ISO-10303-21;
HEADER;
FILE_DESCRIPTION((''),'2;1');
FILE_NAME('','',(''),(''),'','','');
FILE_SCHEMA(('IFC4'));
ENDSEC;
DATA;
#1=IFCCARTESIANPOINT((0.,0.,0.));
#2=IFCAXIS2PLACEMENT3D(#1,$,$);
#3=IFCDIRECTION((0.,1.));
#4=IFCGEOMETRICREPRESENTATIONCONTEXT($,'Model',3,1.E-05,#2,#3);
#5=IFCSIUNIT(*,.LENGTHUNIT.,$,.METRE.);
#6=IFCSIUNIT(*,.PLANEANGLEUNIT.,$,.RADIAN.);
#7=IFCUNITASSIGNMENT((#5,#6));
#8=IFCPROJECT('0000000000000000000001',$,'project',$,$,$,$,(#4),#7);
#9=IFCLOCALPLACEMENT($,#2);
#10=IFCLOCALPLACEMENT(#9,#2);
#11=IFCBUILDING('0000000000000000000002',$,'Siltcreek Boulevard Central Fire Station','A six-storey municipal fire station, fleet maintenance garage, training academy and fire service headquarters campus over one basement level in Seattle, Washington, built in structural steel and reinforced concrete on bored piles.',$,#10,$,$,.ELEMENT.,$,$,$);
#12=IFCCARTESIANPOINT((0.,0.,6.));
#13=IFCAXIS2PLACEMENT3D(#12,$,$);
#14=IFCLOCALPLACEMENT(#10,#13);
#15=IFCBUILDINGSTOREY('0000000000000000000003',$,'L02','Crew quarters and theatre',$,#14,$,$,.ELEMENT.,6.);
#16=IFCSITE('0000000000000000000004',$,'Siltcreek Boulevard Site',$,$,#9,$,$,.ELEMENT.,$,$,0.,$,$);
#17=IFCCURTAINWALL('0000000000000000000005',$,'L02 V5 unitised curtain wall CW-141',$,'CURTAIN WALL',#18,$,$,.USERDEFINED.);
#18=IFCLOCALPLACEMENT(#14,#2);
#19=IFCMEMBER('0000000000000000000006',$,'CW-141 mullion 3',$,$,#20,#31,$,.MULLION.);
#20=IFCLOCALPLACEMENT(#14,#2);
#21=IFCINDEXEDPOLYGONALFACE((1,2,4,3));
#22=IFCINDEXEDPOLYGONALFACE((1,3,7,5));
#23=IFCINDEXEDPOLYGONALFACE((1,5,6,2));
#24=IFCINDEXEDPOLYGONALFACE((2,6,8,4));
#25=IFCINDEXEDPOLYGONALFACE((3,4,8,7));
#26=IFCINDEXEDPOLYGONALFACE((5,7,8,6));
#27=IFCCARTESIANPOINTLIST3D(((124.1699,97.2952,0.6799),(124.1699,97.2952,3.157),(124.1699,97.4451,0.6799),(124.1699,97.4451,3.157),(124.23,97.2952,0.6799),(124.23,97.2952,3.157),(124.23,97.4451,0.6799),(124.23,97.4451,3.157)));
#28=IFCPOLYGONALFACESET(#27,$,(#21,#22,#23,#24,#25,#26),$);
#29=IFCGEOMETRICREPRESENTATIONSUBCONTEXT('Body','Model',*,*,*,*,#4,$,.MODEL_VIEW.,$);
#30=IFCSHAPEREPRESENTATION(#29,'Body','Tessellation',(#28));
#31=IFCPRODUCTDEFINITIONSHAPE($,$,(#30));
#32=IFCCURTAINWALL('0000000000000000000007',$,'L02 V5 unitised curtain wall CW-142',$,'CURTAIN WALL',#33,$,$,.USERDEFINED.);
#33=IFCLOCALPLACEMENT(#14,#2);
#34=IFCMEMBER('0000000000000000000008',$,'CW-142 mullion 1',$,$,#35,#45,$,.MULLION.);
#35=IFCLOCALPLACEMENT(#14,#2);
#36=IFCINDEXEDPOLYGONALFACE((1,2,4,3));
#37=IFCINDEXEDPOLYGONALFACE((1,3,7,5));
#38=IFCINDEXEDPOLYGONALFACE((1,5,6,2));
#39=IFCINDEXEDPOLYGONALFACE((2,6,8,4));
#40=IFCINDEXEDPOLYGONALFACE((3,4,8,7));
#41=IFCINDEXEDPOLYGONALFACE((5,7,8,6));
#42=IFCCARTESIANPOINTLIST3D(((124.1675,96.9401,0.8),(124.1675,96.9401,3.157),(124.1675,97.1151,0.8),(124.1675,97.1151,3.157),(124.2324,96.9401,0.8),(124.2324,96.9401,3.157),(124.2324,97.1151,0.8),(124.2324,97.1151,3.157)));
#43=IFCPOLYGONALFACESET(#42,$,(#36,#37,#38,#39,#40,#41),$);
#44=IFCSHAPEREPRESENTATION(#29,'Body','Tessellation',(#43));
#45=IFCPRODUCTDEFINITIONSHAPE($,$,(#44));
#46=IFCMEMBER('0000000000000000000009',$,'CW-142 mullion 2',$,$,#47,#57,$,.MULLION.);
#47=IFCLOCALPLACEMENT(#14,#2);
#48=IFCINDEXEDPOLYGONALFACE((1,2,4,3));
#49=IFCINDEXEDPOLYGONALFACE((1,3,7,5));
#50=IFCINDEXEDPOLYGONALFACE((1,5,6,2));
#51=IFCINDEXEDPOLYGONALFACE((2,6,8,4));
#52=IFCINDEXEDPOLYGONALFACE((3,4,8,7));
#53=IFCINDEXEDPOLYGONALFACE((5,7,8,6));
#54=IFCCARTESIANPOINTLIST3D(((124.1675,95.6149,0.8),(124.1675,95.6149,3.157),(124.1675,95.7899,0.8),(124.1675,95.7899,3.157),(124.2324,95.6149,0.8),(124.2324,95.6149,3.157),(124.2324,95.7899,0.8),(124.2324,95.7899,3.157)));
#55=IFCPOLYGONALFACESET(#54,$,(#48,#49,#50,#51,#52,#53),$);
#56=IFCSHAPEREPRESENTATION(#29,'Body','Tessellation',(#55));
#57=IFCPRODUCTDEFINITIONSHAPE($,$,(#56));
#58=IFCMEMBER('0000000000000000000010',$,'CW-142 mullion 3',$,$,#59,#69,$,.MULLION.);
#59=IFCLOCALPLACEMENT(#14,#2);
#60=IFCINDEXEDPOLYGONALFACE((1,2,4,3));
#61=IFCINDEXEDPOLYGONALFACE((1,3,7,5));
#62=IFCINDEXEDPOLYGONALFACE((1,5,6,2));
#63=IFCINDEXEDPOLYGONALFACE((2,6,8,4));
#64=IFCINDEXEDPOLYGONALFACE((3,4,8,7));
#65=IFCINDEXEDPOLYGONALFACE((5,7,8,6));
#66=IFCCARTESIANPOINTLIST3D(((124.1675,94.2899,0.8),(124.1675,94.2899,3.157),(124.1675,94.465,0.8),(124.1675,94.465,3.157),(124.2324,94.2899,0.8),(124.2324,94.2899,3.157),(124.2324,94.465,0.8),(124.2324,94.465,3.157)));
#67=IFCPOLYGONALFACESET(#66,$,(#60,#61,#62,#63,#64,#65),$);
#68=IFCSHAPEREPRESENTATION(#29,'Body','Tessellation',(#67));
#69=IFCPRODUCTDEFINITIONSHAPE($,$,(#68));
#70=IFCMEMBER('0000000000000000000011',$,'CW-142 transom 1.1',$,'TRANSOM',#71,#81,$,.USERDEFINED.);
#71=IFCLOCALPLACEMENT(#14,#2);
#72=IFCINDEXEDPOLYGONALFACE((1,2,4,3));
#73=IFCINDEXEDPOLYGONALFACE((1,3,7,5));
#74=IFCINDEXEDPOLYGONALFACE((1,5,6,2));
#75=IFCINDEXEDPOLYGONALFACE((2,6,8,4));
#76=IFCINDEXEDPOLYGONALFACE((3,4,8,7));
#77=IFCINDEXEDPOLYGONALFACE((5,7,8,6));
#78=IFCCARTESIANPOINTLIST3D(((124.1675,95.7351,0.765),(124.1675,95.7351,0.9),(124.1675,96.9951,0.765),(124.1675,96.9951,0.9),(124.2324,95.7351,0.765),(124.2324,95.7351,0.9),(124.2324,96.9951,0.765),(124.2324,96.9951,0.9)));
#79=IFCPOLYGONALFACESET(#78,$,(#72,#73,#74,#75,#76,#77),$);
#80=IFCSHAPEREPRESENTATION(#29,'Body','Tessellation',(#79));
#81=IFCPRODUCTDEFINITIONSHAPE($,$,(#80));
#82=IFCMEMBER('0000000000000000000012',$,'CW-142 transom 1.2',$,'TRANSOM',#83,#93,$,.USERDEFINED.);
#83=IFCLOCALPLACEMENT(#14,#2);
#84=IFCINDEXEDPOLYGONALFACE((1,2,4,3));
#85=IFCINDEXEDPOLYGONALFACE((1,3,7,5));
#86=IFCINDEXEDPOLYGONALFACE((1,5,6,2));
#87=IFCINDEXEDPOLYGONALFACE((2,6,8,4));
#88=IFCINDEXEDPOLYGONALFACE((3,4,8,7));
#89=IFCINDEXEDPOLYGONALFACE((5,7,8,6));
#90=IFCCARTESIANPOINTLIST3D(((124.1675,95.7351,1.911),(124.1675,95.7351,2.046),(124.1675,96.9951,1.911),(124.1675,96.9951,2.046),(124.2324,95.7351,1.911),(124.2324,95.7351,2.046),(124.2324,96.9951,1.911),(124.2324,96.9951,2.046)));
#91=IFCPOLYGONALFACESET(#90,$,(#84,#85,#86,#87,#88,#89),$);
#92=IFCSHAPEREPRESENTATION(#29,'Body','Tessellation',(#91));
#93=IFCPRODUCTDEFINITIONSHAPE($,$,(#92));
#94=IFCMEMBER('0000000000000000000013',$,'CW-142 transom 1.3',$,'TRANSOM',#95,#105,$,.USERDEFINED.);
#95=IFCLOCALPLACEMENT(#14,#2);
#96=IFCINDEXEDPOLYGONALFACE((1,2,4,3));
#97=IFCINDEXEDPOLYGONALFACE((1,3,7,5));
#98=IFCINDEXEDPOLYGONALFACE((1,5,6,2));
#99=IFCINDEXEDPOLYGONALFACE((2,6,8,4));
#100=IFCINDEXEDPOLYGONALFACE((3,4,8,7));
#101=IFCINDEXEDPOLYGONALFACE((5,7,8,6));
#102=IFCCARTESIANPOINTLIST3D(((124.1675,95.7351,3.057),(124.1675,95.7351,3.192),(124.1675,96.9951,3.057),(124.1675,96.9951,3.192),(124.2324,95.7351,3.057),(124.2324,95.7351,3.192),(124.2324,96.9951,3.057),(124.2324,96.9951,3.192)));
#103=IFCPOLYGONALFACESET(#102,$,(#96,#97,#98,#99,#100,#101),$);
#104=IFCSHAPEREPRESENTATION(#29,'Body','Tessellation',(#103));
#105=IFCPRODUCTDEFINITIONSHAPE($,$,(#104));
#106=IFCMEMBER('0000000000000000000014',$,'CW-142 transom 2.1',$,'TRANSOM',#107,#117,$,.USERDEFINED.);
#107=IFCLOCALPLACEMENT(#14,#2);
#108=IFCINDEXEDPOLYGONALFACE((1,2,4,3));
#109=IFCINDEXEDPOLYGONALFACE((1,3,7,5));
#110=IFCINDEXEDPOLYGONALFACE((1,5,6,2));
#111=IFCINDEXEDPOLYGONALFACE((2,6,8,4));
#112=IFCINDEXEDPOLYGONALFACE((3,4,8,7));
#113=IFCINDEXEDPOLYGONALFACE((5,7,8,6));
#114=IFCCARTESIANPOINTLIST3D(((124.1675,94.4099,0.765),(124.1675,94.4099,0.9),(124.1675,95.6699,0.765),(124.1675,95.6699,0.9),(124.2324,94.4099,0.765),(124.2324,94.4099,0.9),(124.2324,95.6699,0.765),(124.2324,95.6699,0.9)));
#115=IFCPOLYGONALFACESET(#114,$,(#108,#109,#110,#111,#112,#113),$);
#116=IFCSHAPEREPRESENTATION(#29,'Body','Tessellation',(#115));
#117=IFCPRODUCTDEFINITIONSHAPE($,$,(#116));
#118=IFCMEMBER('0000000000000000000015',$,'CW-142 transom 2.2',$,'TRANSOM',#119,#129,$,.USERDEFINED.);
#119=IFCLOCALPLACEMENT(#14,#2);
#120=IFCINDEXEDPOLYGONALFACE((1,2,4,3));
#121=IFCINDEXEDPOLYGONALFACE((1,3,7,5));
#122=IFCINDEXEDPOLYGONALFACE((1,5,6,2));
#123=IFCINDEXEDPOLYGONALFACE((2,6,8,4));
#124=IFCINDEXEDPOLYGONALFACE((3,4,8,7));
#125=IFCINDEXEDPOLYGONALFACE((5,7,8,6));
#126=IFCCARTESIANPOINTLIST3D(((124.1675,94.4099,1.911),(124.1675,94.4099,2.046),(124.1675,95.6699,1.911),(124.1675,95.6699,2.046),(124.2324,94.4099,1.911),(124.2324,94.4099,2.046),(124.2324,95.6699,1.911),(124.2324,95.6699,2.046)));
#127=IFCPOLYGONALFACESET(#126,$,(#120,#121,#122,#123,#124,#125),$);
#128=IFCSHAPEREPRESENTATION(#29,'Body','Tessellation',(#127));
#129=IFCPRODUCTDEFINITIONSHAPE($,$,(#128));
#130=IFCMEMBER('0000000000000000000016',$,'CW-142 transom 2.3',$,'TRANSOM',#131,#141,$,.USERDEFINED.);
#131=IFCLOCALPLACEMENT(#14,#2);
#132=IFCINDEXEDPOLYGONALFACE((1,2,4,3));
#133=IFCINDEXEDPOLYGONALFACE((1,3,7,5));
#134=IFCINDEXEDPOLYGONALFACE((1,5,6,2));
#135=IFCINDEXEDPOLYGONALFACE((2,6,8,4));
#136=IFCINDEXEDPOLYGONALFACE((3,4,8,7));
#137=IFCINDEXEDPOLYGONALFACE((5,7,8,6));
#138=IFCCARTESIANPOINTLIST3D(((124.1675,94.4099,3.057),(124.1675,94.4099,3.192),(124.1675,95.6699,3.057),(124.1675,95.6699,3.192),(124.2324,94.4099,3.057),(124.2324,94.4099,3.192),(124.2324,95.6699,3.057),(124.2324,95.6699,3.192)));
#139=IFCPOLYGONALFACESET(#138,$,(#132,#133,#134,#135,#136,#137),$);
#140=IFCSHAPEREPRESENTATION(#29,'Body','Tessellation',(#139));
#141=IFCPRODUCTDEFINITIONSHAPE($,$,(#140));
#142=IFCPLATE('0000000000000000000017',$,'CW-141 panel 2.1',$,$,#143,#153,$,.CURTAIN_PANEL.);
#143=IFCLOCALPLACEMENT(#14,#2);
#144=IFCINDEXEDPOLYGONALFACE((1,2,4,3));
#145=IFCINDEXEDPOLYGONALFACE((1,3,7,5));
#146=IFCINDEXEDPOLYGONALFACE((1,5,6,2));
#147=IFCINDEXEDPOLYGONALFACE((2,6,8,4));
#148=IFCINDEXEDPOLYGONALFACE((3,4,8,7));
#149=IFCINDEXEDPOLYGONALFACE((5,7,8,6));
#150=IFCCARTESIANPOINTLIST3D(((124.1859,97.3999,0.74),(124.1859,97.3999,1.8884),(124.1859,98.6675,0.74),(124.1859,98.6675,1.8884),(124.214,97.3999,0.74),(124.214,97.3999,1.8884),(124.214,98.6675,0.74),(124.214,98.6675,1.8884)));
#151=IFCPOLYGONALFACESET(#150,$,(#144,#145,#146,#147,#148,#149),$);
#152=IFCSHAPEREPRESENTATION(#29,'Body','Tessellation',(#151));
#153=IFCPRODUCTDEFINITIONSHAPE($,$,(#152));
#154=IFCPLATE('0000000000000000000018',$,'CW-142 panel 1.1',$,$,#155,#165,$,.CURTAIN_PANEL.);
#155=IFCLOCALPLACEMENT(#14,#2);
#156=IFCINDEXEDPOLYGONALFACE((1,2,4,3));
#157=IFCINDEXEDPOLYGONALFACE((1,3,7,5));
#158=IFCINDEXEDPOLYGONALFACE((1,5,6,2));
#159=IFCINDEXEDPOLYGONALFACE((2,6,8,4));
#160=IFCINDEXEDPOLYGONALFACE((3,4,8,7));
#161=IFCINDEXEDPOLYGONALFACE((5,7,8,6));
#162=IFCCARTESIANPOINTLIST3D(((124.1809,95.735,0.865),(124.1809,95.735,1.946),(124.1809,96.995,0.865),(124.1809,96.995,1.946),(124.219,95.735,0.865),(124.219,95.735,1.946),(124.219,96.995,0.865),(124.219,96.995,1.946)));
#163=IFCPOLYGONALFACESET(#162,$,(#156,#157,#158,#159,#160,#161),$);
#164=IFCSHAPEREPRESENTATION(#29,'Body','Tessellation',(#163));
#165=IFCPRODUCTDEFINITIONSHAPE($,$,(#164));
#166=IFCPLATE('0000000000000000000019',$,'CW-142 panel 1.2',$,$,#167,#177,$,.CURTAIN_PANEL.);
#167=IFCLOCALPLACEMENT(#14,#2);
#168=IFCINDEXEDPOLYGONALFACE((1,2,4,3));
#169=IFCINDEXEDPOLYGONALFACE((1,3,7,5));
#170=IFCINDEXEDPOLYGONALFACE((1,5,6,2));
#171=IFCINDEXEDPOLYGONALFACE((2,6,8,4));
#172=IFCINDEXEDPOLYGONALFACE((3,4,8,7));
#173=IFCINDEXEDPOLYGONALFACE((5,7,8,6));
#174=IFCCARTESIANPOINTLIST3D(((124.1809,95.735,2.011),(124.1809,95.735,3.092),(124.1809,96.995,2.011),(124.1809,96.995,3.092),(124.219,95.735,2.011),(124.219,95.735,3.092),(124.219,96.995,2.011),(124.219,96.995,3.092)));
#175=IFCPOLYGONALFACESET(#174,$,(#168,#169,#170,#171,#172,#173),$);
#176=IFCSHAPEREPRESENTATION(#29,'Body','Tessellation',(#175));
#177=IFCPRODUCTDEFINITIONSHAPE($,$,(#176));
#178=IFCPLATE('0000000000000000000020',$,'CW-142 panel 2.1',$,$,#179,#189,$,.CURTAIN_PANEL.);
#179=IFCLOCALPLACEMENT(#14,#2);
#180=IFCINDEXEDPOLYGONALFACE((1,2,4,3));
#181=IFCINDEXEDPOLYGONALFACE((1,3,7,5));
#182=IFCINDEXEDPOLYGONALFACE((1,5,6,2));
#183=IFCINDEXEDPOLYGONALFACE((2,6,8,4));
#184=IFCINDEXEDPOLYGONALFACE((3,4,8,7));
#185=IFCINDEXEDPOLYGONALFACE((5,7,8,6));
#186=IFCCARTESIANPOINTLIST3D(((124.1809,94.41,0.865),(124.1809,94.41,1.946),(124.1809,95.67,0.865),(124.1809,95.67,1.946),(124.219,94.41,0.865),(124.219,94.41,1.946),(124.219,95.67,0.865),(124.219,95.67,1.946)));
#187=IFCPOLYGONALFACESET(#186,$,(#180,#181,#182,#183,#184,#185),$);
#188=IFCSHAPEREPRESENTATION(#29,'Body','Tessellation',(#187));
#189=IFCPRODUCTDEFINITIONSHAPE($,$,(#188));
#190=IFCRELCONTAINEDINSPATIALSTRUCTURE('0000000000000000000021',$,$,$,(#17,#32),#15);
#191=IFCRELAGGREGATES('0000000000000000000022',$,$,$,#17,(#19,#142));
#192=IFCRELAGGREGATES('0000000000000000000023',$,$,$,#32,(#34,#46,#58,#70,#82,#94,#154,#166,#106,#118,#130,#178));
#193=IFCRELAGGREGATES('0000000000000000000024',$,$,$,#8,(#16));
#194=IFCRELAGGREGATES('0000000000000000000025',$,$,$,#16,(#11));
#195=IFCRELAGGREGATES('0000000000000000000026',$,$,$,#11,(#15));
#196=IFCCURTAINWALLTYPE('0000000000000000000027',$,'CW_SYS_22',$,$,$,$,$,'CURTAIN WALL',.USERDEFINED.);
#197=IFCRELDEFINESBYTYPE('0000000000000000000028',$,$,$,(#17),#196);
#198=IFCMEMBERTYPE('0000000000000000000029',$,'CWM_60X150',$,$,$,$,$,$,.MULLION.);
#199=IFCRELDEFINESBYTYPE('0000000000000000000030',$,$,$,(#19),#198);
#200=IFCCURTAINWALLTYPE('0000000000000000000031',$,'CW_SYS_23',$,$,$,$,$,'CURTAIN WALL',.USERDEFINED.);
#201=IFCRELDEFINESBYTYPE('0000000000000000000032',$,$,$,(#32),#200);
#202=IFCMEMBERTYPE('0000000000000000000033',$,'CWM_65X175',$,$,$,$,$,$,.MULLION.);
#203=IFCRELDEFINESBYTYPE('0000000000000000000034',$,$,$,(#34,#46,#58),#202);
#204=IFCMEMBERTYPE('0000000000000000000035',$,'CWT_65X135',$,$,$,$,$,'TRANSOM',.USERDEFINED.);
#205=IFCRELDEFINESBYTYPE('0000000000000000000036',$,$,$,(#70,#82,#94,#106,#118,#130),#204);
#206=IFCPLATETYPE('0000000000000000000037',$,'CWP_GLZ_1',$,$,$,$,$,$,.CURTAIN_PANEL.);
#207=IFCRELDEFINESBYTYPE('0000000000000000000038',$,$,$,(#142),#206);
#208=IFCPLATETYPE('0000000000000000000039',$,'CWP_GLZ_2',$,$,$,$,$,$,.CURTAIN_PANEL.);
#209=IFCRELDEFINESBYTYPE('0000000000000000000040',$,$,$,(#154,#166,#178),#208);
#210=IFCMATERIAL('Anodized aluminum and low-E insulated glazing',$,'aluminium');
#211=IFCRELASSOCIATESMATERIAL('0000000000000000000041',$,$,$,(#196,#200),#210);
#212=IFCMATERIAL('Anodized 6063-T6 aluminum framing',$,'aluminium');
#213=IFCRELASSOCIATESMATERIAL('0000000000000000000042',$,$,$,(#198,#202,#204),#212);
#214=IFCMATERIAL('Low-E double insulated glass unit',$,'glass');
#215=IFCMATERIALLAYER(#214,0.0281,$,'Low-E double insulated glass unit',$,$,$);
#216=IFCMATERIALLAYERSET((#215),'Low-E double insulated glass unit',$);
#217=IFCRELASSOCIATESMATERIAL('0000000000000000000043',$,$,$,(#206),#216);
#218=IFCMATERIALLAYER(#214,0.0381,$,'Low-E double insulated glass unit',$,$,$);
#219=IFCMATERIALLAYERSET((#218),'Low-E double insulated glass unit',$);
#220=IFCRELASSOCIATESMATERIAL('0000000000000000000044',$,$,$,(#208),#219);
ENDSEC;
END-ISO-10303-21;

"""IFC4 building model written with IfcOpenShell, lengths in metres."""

from ifc_helpers import new_model, si_unit, direction, frame, origin, origin_2d, place, context, subcontext, project, spatial, rectangle, extrude, material, layer, layer_set, material_profile, profile_set, type_object, element, aggregate, save


model = new_model("IFC4")

# Units and contexts
model_context = context("Model", 3, precision=1e-05, world=origin(), true_north=direction((0.0, 1.0)))
body_context = subcontext(model_context, "Body", "Model", "MODEL_VIEW")
ifc_project = project(units=[si_unit("LENGTHUNIT", "METRE"), si_unit("PLANEANGLEUNIT", "RADIAN")], contexts=[model_context])

# Site, building, storey
site_placement = place(None, origin())
site = spatial("IfcSite", under=ifc_project, at=site_placement, Name="Siltcreek Boulevard Site", CompositionType="ELEMENT", RefElevation=0.0)
building_placement = place(site_placement, origin())
building = spatial("IfcBuilding", under=site, at=building_placement, Name="Siltcreek Boulevard Central Fire Station", Description="A six-storey municipal fire station, fleet maintenance garage, training academy and fire service headquarters campus over one basement level in Seattle, Washington, built in structural steel and reinforced concrete on bored piles.", CompositionType="ELEMENT")
storey_placement = place(building_placement, frame((0.0, 0.0, 6.0)))
storey = spatial("IfcBuildingStorey", under=building, at=storey_placement, Name="L02", Description="Crew quarters and theatre", CompositionType="ELEMENT", Elevation=6.0)

# Curtain wall, member
ifc_material_1 = material(Name="Anodized aluminum and low-E insulated glazing", Category="aluminium")
curtain_wall_type_1 = type_object("IfcCurtainWallType", Name="CW_SYS_22", ElementType="CURTAIN WALL", PredefinedType="USERDEFINED", material=ifc_material_1)
curtain_wall_1_placement = place(storey_placement, origin())
curtain_wall_1 = element("IfcCurtainWall", 1, at=curtain_wall_1_placement, inside=storey, type_object=curtain_wall_type_1, Name="L02 V5 unitised curtain wall CW-141", ObjectType="CURTAIN WALL", PredefinedType="USERDEFINED")
ifc_material_2 = material(Name="Anodized 6063-T6 aluminum framing", Category="aluminium")
ifc_material_profile_1 = material_profile(ifc_material_2, rectangle(XDim=0.0601, YDim=0.1499, at=origin_2d()), Name="MULL60X150")
ifc_profile_set_1 = profile_set([ifc_material_profile_1], Name="Anodized 6063-T6 aluminum framing")
member_type_1 = type_object("IfcMemberType", Name="CWM_60X150", PredefinedType="MULLION", material=ifc_profile_set_1)
member_1_placement = place(storey_placement, frame((124.2, 97.3701, 0.6799), z_axis=(0.0, 0.0, 1.0), x_axis=(1.0, 0.0, 0.0)))
member_1 = element("IfcMember", 2, at=member_1_placement, type_object=member_type_1, Name="CW-141 mullion 3", PredefinedType="MULLION", context=body_context, shape_type="SweptSolid", body=[
    extrude(rectangle(XDim=0.0601, YDim=0.1499, at=origin_2d()), origin(), (0.0, 0.0, 1.0), 2.4771),
])

# Curtain wall, members
curtain_wall_type_2 = type_object("IfcCurtainWallType", Name="CW_SYS_23", ElementType="CURTAIN WALL", PredefinedType="USERDEFINED", material=ifc_material_1)
curtain_wall_2_placement = place(storey_placement, origin())
curtain_wall_2 = element("IfcCurtainWall", 3, at=curtain_wall_2_placement, inside=storey, type_object=curtain_wall_type_2, Name="L02 V5 unitised curtain wall CW-142", ObjectType="CURTAIN WALL", PredefinedType="USERDEFINED")
ifc_material_profile_2 = material_profile(ifc_material_2, rectangle(XDim=0.0649, YDim=0.175, at=origin_2d()), Name="MULL65X175")
ifc_profile_set_2 = profile_set([ifc_material_profile_2], Name="Anodized 6063-T6 aluminum framing")
member_type_2 = type_object("IfcMemberType", Name="CWM_65X175", PredefinedType="MULLION", material=ifc_profile_set_2)
member_2_placement = place(storey_placement, frame((124.2, 97.0276, 0.8), z_axis=(0.0, 0.0, 1.0), x_axis=(1.0, 0.0, 0.0)))
member_2 = element("IfcMember", 4, at=member_2_placement, type_object=member_type_2, Name="CW-142 mullion 1", PredefinedType="MULLION", context=body_context, shape_type="SweptSolid", body=[
    extrude(rectangle(XDim=0.0649, YDim=0.175, at=origin_2d()), origin(), (0.0, 0.0, 1.0), 2.3569),
])
member_3_placement = place(storey_placement, frame((124.2, 95.7024, 0.8), z_axis=(0.0, 0.0, 1.0), x_axis=(1.0, 0.0, 0.0)))
member_3 = element("IfcMember", 5, at=member_3_placement, type_object=member_type_2, Name="CW-142 mullion 2", PredefinedType="MULLION", context=body_context, shape_type="SweptSolid", body=[
    extrude(rectangle(XDim=0.0649, YDim=0.175, at=origin_2d()), origin(), (0.0, 0.0, 1.0), 2.3569),
])
member_4_placement = place(storey_placement, frame((124.2, 94.3774, 0.8), z_axis=(0.0, 0.0, 1.0), x_axis=(1.0, 0.0, 0.0)))
member_4 = element("IfcMember", 6, at=member_4_placement, type_object=member_type_2, Name="CW-142 mullion 3", PredefinedType="MULLION", context=body_context, shape_type="SweptSolid", body=[
    extrude(rectangle(XDim=0.0649, YDim=0.175, at=origin_2d()), origin(), (0.0, 0.0, 1.0), 2.3569),
])
ifc_material_profile_3 = material_profile(ifc_material_2, rectangle(XDim=0.0649, YDim=0.135, at=origin_2d()), Name="TRAN65X135")
ifc_profile_set_3 = profile_set([ifc_material_profile_3], Name="Anodized 6063-T6 aluminum framing")
member_type_3 = type_object("IfcMemberType", Name="CWT_65X135", ElementType="TRANSOM", PredefinedType="USERDEFINED", material=ifc_profile_set_3)
member_5_placement = place(storey_placement, frame((124.2, 96.9951, 0.8325), z_axis=(0.0, -1.0, 0.0), x_axis=(1.0, 0.0, 0.0)))
member_5 = element("IfcMember", 7, at=member_5_placement, type_object=member_type_3, Name="CW-142 transom 1.1", ObjectType="TRANSOM", PredefinedType="USERDEFINED", context=body_context, shape_type="SweptSolid", body=[
    extrude(rectangle(XDim=0.0649, YDim=0.135, at=origin_2d()), origin(), (0.0, 0.0, 1.0), 1.26),
])
member_6_placement = place(storey_placement, frame((124.2, 96.9951, 1.9785), z_axis=(0.0, -1.0, 0.0), x_axis=(1.0, 0.0, 0.0)))
member_6 = element("IfcMember", 8, at=member_6_placement, type_object=member_type_3, Name="CW-142 transom 1.2", ObjectType="TRANSOM", PredefinedType="USERDEFINED", context=body_context, shape_type="SweptSolid", body=[
    extrude(rectangle(XDim=0.0649, YDim=0.135, at=origin_2d()), origin(), (0.0, 0.0, 1.0), 1.26),
])
member_7_placement = place(storey_placement, frame((124.2, 96.9951, 3.1245), z_axis=(0.0, -1.0, 0.0), x_axis=(1.0, 0.0, 0.0)))
member_7 = element("IfcMember", 9, at=member_7_placement, type_object=member_type_3, Name="CW-142 transom 1.3", ObjectType="TRANSOM", PredefinedType="USERDEFINED", context=body_context, shape_type="SweptSolid", body=[
    extrude(rectangle(XDim=0.0649, YDim=0.135, at=origin_2d()), origin(), (0.0, 0.0, 1.0), 1.26),
])
member_8_placement = place(storey_placement, frame((124.2, 95.6699, 0.8325), z_axis=(0.0, -1.0, 0.0), x_axis=(1.0, 0.0, 0.0)))
member_8 = element("IfcMember", 10, at=member_8_placement, type_object=member_type_3, Name="CW-142 transom 2.1", ObjectType="TRANSOM", PredefinedType="USERDEFINED", context=body_context, shape_type="SweptSolid", body=[
    extrude(rectangle(XDim=0.0649, YDim=0.135, at=origin_2d()), origin(), (0.0, 0.0, 1.0), 1.26),
])
member_9_placement = place(storey_placement, frame((124.2, 95.6699, 1.9785), z_axis=(0.0, -1.0, 0.0), x_axis=(1.0, 0.0, 0.0)))
member_9 = element("IfcMember", 11, at=member_9_placement, type_object=member_type_3, Name="CW-142 transom 2.2", ObjectType="TRANSOM", PredefinedType="USERDEFINED", context=body_context, shape_type="SweptSolid", body=[
    extrude(rectangle(XDim=0.0649, YDim=0.135, at=origin_2d()), origin(), (0.0, 0.0, 1.0), 1.26),
])
member_10_placement = place(storey_placement, frame((124.2, 95.6699, 3.1245), z_axis=(0.0, -1.0, 0.0), x_axis=(1.0, 0.0, 0.0)))
member_10 = element("IfcMember", 12, at=member_10_placement, type_object=member_type_3, Name="CW-142 transom 2.3", ObjectType="TRANSOM", PredefinedType="USERDEFINED", context=body_context, shape_type="SweptSolid", body=[
    extrude(rectangle(XDim=0.0649, YDim=0.135, at=origin_2d()), origin(), (0.0, 0.0, 1.0), 1.26),
])

# Plates
ifc_material_3 = material(Name="Low-E double insulated glass unit", Category="glass")
ifc_layer_1 = layer(ifc_material_3, 0.0281, Name="Low-E double insulated glass unit")
ifc_layer_set_1 = layer_set([ifc_layer_1], Name="Low-E double insulated glass unit")
plate_type_1 = type_object("IfcPlateType", Name="CWP_GLZ_1", PredefinedType="CURTAIN_PANEL", material=ifc_layer_set_1)
plate_1_placement = place(storey_placement, frame((124.2, 98.0337, 0.74), z_axis=(0.0, 0.0, 1.0), x_axis=(0.0, -1.0, 0.0)))
plate_1 = element("IfcPlate", 13, at=plate_1_placement, type_object=plate_type_1, Name="CW-141 panel 2.1", PredefinedType="CURTAIN_PANEL", context=body_context, shape_type="SweptSolid", body=[
    extrude(rectangle(XDim=1.2676, YDim=0.0281, at=origin_2d()), origin(), (0.0, 0.0, 1.0), 1.1484),
])
aggregate(curtain_wall_1, [member_1, plate_1])
ifc_layer_2 = layer(ifc_material_3, 0.0381, Name="Low-E double insulated glass unit")
ifc_layer_set_2 = layer_set([ifc_layer_2], Name="Low-E double insulated glass unit")
plate_type_2 = type_object("IfcPlateType", Name="CWP_GLZ_2", PredefinedType="CURTAIN_PANEL", material=ifc_layer_set_2)
plate_2_placement = place(storey_placement, frame((124.2, 96.365, 0.865), z_axis=(0.0, 0.0, 1.0), x_axis=(0.0, -1.0, 0.0)))
plate_2 = element("IfcPlate", 14, at=plate_2_placement, type_object=plate_type_2, Name="CW-142 panel 1.1", PredefinedType="CURTAIN_PANEL", context=body_context, shape_type="SweptSolid", body=[
    extrude(rectangle(XDim=1.26, YDim=0.0381, at=origin_2d()), origin(), (0.0, 0.0, 1.0), 1.0811),
])
plate_3_placement = place(storey_placement, frame((124.2, 96.365, 2.011), z_axis=(0.0, 0.0, 1.0), x_axis=(0.0, -1.0, 0.0)))
plate_3 = element("IfcPlate", 15, at=plate_3_placement, type_object=plate_type_2, Name="CW-142 panel 1.2", PredefinedType="CURTAIN_PANEL", context=body_context, shape_type="SweptSolid", body=[
    extrude(rectangle(XDim=1.26, YDim=0.0381, at=origin_2d()), origin(), (0.0, 0.0, 1.0), 1.0811),
])
plate_4_placement = place(storey_placement, frame((124.2, 95.04, 0.865), z_axis=(0.0, 0.0, 1.0), x_axis=(0.0, -1.0, 0.0)))
plate_4 = element("IfcPlate", 16, at=plate_4_placement, type_object=plate_type_2, Name="CW-142 panel 2.1", PredefinedType="CURTAIN_PANEL", context=body_context, shape_type="SweptSolid", body=[
    extrude(rectangle(XDim=1.26, YDim=0.0381, at=origin_2d()), origin(), (0.0, 0.0, 1.0), 1.0811),
])
aggregate(curtain_wall_2, [member_2, member_3, member_4, member_5, member_6, member_7, plate_2, plate_3, member_8, member_9, member_10, plate_4])

save(model, "model.ifc")
